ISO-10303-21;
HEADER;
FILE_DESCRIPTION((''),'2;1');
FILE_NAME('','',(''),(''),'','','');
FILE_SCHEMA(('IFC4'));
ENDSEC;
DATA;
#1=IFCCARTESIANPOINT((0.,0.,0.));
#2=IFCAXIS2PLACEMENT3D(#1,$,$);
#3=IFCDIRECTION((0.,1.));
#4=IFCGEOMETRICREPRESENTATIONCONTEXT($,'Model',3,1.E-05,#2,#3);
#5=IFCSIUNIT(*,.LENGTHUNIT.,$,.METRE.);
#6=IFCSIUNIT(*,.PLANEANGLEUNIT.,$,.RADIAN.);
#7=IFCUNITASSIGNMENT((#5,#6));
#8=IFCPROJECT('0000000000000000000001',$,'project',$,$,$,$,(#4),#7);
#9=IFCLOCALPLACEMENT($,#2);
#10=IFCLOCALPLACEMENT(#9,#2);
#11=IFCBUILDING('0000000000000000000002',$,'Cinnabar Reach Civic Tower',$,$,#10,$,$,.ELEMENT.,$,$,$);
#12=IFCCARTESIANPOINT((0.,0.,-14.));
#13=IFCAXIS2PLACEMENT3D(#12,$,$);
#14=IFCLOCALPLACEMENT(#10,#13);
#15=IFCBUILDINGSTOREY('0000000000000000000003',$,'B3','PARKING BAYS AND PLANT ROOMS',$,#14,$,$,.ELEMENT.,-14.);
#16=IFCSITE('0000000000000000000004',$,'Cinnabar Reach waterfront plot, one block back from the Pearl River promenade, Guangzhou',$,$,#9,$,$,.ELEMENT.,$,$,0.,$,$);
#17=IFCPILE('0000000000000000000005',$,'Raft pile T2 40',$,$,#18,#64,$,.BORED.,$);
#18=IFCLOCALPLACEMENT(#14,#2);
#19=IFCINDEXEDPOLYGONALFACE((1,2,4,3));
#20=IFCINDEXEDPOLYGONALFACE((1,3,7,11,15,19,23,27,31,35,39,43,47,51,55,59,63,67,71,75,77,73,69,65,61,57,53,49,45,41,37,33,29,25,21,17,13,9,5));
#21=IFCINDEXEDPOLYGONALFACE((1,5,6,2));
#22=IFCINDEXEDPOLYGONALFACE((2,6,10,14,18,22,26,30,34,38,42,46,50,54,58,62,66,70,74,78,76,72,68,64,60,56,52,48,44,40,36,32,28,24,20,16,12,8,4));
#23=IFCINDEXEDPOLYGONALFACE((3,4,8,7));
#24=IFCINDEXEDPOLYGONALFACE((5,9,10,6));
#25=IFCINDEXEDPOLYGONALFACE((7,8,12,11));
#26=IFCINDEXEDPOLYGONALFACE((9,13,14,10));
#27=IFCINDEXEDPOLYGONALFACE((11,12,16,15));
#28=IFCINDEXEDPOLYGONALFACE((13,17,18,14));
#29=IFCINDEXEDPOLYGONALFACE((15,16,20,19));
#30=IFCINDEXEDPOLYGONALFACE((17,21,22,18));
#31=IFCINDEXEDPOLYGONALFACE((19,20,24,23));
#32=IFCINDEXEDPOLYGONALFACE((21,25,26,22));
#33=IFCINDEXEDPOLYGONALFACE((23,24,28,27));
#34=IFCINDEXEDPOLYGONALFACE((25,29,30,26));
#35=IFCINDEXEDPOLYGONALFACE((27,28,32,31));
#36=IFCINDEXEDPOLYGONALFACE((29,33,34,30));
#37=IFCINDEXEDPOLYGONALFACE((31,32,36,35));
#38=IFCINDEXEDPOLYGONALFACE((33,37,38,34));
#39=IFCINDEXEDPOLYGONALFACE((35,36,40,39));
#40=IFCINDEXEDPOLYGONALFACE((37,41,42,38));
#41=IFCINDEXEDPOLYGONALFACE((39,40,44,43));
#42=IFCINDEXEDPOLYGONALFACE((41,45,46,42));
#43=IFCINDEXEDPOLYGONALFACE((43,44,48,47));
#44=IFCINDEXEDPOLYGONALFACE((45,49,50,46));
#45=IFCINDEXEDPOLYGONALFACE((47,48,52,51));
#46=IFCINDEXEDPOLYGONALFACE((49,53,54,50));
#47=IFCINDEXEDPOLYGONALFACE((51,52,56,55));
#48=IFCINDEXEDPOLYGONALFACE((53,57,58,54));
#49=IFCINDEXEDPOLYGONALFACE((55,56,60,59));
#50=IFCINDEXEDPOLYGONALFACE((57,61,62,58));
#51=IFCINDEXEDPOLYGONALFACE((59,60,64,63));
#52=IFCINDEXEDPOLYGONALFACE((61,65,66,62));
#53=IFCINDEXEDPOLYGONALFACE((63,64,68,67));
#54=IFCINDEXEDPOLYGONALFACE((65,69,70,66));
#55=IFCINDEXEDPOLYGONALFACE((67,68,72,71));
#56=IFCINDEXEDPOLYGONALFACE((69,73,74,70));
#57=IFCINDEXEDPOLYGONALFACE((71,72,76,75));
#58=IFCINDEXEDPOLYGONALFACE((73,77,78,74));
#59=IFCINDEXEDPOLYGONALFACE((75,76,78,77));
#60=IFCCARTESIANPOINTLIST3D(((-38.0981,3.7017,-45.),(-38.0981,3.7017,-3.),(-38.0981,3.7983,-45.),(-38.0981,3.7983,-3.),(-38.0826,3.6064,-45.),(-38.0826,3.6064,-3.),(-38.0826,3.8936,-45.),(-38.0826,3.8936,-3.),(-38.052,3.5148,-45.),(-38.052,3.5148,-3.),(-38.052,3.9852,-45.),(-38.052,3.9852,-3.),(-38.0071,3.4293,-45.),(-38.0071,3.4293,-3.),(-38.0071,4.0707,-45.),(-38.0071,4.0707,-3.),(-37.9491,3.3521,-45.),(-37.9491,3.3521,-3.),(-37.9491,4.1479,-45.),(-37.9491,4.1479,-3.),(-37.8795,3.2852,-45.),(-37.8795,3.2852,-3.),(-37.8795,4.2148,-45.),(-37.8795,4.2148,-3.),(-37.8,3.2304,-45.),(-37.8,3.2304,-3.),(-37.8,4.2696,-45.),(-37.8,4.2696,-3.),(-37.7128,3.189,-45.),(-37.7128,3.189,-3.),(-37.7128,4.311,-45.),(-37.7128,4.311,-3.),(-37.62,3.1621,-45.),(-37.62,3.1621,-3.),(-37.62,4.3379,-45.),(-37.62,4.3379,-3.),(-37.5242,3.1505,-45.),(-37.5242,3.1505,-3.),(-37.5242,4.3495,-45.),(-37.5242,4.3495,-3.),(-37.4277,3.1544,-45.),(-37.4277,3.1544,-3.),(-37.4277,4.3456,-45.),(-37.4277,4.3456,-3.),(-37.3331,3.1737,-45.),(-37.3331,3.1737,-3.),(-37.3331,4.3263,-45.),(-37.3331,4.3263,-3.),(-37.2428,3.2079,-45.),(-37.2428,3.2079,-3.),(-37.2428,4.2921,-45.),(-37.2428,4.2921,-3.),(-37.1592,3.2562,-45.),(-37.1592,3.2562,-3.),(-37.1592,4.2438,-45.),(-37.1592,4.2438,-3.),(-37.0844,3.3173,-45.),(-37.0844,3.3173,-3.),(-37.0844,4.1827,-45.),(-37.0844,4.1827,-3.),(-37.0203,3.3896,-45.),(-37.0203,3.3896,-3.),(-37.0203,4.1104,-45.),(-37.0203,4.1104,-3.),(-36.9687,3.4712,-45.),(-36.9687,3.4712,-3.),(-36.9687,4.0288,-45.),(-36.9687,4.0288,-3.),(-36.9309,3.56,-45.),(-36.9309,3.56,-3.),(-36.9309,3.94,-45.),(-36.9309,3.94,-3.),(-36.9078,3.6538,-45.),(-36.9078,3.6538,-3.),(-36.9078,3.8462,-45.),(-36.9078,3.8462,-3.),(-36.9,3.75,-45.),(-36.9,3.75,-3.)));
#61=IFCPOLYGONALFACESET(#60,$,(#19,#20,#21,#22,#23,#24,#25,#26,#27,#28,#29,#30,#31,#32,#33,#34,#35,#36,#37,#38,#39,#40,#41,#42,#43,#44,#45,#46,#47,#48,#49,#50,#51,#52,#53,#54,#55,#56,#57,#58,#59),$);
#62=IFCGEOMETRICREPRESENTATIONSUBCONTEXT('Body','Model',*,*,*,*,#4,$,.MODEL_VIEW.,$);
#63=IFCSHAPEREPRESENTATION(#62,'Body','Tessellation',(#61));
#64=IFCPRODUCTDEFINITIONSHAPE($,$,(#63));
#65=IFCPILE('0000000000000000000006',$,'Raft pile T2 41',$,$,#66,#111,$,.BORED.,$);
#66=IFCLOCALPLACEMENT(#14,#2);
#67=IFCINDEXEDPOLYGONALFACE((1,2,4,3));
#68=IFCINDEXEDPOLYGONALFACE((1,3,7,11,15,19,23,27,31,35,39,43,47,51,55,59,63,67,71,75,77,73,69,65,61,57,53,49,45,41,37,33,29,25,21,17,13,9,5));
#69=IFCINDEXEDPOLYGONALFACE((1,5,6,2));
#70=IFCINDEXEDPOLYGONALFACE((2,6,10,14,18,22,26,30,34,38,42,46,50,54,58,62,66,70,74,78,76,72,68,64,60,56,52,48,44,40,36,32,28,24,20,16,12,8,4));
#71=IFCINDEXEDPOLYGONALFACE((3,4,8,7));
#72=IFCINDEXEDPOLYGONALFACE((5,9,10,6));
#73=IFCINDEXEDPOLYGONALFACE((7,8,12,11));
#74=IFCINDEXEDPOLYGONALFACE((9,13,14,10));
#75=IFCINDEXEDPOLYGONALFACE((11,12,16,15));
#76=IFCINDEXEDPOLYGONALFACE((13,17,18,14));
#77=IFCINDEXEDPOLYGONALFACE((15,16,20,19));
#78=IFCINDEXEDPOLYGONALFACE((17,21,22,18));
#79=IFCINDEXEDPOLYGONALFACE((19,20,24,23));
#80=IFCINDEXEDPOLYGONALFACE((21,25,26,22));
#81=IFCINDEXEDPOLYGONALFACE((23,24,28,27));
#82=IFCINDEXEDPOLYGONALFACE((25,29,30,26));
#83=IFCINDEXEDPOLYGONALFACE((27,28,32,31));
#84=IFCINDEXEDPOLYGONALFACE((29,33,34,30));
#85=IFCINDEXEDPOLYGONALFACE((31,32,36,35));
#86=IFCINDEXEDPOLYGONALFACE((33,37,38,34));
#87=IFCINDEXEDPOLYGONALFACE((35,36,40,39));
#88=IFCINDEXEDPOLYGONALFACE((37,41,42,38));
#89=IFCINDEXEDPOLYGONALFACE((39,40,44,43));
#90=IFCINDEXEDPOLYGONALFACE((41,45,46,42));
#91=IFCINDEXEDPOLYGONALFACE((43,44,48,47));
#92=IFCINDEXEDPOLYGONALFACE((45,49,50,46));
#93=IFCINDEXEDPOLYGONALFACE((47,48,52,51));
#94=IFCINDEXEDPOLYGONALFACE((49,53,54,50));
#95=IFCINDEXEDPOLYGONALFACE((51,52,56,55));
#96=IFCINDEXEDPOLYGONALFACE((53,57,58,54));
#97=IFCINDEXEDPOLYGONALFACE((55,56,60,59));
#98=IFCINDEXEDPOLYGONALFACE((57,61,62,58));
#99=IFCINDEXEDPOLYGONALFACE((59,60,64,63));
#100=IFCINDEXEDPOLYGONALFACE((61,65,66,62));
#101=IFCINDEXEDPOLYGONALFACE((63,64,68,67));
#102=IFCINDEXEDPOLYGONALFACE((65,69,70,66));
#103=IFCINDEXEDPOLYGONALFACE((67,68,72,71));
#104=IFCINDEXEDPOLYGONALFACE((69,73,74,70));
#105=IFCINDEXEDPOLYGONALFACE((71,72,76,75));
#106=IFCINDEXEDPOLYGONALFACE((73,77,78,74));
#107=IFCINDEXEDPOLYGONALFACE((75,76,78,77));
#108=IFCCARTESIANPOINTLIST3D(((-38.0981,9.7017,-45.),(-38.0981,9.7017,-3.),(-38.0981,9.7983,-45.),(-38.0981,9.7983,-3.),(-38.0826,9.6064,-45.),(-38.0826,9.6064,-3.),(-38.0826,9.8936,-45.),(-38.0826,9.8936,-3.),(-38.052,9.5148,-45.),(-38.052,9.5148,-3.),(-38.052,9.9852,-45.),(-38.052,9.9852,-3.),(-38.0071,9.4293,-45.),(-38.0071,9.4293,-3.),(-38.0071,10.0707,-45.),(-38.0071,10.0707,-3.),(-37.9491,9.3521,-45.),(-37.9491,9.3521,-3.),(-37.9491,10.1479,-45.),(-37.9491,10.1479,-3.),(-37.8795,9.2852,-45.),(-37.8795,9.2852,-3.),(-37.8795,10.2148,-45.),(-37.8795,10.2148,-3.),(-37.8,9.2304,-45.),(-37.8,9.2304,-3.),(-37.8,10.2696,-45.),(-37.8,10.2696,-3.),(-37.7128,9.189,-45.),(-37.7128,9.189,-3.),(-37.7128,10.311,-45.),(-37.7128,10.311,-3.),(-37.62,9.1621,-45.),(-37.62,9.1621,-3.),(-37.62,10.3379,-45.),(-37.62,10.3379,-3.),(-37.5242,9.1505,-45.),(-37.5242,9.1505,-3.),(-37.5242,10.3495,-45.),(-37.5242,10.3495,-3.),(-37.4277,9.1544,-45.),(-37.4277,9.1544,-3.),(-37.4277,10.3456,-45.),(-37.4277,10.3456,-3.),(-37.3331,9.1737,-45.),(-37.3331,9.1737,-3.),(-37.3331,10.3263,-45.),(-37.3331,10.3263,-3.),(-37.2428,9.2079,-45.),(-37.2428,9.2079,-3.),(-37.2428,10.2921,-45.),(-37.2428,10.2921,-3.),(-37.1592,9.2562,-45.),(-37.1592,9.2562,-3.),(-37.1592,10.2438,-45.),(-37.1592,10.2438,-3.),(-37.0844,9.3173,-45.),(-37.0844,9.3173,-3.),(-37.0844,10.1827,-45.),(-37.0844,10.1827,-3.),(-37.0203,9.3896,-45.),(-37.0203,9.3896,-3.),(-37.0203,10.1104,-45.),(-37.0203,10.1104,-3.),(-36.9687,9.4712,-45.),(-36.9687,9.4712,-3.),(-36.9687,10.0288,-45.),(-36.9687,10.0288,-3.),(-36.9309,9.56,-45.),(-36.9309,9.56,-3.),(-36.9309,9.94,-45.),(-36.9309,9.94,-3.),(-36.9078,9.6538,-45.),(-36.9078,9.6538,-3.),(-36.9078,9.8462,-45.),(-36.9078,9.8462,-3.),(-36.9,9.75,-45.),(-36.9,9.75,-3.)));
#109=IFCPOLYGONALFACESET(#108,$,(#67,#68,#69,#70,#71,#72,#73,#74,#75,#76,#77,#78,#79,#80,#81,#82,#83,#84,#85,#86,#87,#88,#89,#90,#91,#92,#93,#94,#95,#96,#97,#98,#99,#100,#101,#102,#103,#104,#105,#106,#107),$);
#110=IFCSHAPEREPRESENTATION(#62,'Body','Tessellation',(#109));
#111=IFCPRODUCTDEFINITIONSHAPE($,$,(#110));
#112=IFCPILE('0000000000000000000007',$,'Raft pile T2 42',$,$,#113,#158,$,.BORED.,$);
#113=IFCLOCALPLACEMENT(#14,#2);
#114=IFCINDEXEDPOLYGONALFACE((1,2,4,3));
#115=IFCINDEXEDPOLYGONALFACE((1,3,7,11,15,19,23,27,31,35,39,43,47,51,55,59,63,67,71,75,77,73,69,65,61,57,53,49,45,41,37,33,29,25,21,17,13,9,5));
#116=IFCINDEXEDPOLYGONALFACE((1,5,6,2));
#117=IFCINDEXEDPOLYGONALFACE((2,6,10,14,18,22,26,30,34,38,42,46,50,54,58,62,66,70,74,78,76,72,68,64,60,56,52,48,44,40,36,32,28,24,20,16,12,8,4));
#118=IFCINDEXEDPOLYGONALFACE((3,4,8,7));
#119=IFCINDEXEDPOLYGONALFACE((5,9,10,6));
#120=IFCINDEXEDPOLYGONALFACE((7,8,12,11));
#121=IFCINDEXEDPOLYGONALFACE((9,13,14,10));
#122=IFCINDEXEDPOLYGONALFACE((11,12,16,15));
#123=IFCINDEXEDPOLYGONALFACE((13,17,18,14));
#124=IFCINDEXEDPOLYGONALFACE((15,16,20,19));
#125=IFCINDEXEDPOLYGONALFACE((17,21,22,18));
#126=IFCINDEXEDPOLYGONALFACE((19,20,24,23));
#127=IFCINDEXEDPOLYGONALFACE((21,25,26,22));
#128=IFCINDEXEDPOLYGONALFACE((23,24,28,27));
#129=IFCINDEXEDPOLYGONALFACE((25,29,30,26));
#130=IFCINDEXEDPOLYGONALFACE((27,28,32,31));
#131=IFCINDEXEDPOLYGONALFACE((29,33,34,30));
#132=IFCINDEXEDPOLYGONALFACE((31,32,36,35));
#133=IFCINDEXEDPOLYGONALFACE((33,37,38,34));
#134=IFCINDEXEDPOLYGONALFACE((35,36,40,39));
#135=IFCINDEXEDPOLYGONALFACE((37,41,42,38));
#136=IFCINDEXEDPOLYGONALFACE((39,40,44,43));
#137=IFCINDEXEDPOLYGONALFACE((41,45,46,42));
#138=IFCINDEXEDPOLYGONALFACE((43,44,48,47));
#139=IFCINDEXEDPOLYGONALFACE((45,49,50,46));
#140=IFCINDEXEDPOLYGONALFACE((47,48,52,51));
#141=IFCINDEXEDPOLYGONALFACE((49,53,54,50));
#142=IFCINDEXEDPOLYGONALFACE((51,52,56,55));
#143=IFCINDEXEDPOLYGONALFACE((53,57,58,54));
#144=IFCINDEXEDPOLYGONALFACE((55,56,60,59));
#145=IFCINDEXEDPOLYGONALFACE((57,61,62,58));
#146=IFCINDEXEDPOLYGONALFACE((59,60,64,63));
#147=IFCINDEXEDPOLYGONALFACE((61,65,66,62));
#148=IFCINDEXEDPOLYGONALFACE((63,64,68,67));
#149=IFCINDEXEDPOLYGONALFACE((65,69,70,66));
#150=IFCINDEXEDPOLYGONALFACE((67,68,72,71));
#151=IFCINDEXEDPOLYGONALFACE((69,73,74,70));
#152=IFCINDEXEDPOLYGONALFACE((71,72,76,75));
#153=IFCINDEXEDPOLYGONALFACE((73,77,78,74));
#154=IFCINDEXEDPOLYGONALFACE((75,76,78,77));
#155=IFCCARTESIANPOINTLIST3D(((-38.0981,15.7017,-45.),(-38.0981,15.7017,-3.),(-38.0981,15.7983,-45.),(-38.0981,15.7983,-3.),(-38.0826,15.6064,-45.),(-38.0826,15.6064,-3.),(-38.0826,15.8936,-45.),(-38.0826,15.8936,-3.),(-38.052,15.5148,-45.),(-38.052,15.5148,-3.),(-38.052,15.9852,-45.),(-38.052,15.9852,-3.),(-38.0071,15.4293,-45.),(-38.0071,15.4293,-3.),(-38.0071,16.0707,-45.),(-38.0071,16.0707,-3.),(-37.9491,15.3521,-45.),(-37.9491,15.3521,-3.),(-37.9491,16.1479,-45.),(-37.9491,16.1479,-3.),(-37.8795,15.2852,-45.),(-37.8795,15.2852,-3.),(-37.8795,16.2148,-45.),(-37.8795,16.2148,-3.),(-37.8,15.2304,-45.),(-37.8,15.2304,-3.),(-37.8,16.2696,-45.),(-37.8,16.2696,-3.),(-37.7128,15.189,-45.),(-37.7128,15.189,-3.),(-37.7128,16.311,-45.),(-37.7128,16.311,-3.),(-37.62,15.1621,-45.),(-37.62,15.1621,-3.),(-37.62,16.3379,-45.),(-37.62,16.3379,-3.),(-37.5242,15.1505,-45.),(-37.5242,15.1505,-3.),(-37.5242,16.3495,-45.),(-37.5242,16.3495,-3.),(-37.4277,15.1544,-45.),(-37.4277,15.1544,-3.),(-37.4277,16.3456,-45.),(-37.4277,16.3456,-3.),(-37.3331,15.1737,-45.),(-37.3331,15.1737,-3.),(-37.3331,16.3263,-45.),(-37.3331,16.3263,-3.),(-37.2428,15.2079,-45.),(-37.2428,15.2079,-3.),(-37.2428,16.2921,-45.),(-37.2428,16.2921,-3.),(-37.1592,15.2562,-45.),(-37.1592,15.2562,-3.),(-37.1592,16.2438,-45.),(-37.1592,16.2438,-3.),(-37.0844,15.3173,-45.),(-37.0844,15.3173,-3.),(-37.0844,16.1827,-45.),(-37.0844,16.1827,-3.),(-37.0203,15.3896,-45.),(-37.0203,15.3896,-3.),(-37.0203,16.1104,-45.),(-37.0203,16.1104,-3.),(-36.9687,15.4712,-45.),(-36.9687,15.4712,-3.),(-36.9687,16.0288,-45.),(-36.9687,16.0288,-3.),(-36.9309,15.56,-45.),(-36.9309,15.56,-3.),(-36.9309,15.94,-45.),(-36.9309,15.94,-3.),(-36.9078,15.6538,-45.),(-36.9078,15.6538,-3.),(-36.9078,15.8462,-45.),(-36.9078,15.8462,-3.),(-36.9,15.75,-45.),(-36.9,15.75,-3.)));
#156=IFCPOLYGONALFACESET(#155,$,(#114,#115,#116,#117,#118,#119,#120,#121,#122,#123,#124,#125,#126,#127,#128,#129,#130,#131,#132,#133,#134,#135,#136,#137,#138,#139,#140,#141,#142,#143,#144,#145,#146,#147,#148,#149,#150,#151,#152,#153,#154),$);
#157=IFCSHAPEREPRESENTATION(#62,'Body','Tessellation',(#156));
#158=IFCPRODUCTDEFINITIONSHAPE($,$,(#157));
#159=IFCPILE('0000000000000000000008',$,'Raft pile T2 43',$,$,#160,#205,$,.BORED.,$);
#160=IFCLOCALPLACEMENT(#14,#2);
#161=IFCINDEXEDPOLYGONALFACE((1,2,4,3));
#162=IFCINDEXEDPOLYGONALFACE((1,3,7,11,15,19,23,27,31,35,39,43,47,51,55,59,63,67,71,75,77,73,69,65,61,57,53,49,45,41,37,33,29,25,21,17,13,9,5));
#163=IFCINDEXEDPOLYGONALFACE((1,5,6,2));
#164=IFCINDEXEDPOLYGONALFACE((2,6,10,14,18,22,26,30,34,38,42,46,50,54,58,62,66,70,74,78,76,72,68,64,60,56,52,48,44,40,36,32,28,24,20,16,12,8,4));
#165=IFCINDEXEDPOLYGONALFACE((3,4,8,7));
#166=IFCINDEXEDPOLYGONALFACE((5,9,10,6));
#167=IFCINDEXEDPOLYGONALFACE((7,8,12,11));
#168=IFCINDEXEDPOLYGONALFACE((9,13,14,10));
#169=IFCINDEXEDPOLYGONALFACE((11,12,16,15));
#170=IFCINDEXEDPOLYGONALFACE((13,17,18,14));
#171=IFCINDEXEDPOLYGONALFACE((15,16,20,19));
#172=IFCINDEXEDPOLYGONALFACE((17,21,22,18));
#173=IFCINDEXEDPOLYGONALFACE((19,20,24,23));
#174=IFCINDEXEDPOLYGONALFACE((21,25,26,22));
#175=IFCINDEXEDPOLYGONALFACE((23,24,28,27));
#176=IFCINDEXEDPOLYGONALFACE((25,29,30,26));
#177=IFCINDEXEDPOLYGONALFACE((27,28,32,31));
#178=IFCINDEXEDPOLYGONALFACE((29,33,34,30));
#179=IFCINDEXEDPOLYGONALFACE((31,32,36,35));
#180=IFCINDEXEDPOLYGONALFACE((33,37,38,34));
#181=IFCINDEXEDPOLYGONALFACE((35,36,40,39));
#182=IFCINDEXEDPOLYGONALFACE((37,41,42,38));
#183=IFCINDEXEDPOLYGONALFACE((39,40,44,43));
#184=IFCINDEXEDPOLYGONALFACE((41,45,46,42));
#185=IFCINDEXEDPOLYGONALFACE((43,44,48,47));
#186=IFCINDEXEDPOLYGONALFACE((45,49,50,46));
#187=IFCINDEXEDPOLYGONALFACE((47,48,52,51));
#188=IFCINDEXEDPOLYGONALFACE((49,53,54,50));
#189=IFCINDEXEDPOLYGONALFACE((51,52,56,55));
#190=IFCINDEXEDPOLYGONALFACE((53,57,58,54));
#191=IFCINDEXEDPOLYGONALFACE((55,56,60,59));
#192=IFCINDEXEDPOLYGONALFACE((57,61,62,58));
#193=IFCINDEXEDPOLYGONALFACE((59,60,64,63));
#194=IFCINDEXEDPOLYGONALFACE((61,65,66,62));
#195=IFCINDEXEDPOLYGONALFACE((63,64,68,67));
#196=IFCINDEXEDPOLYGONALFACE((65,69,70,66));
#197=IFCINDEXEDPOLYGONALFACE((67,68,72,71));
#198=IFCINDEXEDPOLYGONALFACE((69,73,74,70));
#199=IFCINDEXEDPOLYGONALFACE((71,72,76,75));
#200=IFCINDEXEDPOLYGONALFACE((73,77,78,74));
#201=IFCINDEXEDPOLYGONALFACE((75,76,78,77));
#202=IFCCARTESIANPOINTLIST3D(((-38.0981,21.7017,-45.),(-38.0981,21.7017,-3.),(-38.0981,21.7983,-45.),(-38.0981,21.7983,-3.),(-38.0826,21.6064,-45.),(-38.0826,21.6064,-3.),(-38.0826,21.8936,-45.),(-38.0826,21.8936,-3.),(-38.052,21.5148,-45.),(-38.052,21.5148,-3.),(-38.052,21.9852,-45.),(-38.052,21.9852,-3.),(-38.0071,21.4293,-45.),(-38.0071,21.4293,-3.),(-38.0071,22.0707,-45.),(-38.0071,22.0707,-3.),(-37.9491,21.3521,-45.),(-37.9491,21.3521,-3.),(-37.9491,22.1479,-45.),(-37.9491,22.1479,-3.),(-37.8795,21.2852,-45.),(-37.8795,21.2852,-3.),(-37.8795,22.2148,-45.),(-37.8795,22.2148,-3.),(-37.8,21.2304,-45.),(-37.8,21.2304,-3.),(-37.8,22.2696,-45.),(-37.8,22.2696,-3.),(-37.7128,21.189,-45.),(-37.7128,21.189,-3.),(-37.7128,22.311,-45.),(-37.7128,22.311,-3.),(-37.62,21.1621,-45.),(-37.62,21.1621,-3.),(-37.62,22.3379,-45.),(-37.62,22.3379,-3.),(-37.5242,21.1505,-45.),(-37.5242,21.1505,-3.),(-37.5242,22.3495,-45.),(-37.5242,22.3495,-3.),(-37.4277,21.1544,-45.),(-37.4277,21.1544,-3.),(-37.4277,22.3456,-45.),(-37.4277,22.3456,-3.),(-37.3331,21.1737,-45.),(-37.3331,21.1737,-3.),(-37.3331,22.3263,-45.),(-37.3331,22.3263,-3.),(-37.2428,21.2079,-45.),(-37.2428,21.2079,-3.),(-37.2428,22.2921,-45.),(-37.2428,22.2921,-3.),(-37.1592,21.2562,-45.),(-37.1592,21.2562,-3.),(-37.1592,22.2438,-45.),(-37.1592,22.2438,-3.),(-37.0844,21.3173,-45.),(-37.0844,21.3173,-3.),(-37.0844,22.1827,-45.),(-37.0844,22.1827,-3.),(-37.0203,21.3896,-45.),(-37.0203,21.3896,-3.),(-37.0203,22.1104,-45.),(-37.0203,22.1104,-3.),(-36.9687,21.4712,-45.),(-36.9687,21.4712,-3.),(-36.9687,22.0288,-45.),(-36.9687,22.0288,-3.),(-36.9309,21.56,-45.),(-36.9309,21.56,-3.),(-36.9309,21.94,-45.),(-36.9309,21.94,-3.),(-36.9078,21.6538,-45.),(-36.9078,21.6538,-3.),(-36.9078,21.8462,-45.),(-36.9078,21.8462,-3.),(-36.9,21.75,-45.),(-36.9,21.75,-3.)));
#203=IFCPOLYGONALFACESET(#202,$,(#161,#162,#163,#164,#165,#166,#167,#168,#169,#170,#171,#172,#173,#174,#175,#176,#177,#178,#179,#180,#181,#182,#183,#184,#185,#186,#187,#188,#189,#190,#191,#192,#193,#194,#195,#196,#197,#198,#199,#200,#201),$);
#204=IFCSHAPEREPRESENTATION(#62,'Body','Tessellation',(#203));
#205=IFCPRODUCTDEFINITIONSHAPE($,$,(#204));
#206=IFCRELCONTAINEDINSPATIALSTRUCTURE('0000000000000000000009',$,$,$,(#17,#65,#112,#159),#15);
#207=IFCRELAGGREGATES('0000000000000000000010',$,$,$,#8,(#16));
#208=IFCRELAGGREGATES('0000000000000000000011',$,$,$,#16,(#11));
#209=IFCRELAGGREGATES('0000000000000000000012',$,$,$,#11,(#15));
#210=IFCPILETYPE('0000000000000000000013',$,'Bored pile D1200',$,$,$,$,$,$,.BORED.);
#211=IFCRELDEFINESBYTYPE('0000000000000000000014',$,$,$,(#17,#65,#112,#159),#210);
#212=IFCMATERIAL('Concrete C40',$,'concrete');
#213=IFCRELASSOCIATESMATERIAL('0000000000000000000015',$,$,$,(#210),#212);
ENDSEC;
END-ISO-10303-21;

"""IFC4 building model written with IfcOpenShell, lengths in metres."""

from ifc_helpers import new_model, si_unit, direction, frame, origin, origin_2d, place, context, subcontext, project, spatial, circle, extrude, material, type_object, element, save


model = new_model("IFC4")

# Units and contexts
model_context = context("Model", 3, precision=1e-05, world=origin(), true_north=direction((0.0, 1.0)))
body_context = subcontext(model_context, "Body", "Model", "MODEL_VIEW")
ifc_project = project(units=[si_unit("LENGTHUNIT", "METRE"), si_unit("PLANEANGLEUNIT", "RADIAN")], contexts=[model_context])

# Site, building, storey
site_placement = place(None, origin())
site = spatial("IfcSite", under=ifc_project, at=site_placement, Name="Cinnabar Reach waterfront plot, one block back from the Pearl River promenade, Guangzhou", CompositionType="ELEMENT", RefElevation=0.0)
building_placement = place(site_placement, origin())
building = spatial("IfcBuilding", under=site, at=building_placement, Name="Cinnabar Reach Civic Tower", CompositionType="ELEMENT")
storey_placement = place(building_placement, frame((0.0, 0.0, -14.0)))
storey = spatial("IfcBuildingStorey", under=building, at=storey_placement, Name="B3", Description="PARKING BAYS AND PLANT ROOMS", CompositionType="ELEMENT", Elevation=-14.0)

# Piles
ifc_material_1 = material(Name="Concrete C40", Category="concrete")
pile_type = type_object("IfcPileType", Name="Bored pile D1200", PredefinedType="BORED", material=ifc_material_1)
for number, where, z_axis, x_axis, name in (
    (1, (-37.5, 3.75, -3.0), (0.0, 0.0, -1.0), (1.0, 0.0, 0.0), "Raft pile T2 40"),
    (2, (-37.5, 9.75, -3.0), (0.0, 0.0, -1.0), (1.0, 0.0, 0.0), "Raft pile T2 41"),
    (3, (-37.5, 15.75, -3.0), (0.0, 0.0, -1.0), (1.0, 0.0, 0.0), "Raft pile T2 42"),
    (4, (-37.5, 21.75, -3.0), (0.0, 0.0, -1.0), (1.0, 0.0, 0.0), "Raft pile T2 43"),
):
    element("IfcPile", number, at=place(storey_placement, frame(where, z_axis=z_axis, x_axis=x_axis)), inside=storey, type_object=pile_type, Name=name, PredefinedType="BORED", context=body_context, shape_type="SweptSolid", body=[
        extrude(circle(Radius=0.6, at=origin_2d()), origin(), (0.0, 0.0, 1.0), 42.0),
    ])

save(model, "model.ifc")
